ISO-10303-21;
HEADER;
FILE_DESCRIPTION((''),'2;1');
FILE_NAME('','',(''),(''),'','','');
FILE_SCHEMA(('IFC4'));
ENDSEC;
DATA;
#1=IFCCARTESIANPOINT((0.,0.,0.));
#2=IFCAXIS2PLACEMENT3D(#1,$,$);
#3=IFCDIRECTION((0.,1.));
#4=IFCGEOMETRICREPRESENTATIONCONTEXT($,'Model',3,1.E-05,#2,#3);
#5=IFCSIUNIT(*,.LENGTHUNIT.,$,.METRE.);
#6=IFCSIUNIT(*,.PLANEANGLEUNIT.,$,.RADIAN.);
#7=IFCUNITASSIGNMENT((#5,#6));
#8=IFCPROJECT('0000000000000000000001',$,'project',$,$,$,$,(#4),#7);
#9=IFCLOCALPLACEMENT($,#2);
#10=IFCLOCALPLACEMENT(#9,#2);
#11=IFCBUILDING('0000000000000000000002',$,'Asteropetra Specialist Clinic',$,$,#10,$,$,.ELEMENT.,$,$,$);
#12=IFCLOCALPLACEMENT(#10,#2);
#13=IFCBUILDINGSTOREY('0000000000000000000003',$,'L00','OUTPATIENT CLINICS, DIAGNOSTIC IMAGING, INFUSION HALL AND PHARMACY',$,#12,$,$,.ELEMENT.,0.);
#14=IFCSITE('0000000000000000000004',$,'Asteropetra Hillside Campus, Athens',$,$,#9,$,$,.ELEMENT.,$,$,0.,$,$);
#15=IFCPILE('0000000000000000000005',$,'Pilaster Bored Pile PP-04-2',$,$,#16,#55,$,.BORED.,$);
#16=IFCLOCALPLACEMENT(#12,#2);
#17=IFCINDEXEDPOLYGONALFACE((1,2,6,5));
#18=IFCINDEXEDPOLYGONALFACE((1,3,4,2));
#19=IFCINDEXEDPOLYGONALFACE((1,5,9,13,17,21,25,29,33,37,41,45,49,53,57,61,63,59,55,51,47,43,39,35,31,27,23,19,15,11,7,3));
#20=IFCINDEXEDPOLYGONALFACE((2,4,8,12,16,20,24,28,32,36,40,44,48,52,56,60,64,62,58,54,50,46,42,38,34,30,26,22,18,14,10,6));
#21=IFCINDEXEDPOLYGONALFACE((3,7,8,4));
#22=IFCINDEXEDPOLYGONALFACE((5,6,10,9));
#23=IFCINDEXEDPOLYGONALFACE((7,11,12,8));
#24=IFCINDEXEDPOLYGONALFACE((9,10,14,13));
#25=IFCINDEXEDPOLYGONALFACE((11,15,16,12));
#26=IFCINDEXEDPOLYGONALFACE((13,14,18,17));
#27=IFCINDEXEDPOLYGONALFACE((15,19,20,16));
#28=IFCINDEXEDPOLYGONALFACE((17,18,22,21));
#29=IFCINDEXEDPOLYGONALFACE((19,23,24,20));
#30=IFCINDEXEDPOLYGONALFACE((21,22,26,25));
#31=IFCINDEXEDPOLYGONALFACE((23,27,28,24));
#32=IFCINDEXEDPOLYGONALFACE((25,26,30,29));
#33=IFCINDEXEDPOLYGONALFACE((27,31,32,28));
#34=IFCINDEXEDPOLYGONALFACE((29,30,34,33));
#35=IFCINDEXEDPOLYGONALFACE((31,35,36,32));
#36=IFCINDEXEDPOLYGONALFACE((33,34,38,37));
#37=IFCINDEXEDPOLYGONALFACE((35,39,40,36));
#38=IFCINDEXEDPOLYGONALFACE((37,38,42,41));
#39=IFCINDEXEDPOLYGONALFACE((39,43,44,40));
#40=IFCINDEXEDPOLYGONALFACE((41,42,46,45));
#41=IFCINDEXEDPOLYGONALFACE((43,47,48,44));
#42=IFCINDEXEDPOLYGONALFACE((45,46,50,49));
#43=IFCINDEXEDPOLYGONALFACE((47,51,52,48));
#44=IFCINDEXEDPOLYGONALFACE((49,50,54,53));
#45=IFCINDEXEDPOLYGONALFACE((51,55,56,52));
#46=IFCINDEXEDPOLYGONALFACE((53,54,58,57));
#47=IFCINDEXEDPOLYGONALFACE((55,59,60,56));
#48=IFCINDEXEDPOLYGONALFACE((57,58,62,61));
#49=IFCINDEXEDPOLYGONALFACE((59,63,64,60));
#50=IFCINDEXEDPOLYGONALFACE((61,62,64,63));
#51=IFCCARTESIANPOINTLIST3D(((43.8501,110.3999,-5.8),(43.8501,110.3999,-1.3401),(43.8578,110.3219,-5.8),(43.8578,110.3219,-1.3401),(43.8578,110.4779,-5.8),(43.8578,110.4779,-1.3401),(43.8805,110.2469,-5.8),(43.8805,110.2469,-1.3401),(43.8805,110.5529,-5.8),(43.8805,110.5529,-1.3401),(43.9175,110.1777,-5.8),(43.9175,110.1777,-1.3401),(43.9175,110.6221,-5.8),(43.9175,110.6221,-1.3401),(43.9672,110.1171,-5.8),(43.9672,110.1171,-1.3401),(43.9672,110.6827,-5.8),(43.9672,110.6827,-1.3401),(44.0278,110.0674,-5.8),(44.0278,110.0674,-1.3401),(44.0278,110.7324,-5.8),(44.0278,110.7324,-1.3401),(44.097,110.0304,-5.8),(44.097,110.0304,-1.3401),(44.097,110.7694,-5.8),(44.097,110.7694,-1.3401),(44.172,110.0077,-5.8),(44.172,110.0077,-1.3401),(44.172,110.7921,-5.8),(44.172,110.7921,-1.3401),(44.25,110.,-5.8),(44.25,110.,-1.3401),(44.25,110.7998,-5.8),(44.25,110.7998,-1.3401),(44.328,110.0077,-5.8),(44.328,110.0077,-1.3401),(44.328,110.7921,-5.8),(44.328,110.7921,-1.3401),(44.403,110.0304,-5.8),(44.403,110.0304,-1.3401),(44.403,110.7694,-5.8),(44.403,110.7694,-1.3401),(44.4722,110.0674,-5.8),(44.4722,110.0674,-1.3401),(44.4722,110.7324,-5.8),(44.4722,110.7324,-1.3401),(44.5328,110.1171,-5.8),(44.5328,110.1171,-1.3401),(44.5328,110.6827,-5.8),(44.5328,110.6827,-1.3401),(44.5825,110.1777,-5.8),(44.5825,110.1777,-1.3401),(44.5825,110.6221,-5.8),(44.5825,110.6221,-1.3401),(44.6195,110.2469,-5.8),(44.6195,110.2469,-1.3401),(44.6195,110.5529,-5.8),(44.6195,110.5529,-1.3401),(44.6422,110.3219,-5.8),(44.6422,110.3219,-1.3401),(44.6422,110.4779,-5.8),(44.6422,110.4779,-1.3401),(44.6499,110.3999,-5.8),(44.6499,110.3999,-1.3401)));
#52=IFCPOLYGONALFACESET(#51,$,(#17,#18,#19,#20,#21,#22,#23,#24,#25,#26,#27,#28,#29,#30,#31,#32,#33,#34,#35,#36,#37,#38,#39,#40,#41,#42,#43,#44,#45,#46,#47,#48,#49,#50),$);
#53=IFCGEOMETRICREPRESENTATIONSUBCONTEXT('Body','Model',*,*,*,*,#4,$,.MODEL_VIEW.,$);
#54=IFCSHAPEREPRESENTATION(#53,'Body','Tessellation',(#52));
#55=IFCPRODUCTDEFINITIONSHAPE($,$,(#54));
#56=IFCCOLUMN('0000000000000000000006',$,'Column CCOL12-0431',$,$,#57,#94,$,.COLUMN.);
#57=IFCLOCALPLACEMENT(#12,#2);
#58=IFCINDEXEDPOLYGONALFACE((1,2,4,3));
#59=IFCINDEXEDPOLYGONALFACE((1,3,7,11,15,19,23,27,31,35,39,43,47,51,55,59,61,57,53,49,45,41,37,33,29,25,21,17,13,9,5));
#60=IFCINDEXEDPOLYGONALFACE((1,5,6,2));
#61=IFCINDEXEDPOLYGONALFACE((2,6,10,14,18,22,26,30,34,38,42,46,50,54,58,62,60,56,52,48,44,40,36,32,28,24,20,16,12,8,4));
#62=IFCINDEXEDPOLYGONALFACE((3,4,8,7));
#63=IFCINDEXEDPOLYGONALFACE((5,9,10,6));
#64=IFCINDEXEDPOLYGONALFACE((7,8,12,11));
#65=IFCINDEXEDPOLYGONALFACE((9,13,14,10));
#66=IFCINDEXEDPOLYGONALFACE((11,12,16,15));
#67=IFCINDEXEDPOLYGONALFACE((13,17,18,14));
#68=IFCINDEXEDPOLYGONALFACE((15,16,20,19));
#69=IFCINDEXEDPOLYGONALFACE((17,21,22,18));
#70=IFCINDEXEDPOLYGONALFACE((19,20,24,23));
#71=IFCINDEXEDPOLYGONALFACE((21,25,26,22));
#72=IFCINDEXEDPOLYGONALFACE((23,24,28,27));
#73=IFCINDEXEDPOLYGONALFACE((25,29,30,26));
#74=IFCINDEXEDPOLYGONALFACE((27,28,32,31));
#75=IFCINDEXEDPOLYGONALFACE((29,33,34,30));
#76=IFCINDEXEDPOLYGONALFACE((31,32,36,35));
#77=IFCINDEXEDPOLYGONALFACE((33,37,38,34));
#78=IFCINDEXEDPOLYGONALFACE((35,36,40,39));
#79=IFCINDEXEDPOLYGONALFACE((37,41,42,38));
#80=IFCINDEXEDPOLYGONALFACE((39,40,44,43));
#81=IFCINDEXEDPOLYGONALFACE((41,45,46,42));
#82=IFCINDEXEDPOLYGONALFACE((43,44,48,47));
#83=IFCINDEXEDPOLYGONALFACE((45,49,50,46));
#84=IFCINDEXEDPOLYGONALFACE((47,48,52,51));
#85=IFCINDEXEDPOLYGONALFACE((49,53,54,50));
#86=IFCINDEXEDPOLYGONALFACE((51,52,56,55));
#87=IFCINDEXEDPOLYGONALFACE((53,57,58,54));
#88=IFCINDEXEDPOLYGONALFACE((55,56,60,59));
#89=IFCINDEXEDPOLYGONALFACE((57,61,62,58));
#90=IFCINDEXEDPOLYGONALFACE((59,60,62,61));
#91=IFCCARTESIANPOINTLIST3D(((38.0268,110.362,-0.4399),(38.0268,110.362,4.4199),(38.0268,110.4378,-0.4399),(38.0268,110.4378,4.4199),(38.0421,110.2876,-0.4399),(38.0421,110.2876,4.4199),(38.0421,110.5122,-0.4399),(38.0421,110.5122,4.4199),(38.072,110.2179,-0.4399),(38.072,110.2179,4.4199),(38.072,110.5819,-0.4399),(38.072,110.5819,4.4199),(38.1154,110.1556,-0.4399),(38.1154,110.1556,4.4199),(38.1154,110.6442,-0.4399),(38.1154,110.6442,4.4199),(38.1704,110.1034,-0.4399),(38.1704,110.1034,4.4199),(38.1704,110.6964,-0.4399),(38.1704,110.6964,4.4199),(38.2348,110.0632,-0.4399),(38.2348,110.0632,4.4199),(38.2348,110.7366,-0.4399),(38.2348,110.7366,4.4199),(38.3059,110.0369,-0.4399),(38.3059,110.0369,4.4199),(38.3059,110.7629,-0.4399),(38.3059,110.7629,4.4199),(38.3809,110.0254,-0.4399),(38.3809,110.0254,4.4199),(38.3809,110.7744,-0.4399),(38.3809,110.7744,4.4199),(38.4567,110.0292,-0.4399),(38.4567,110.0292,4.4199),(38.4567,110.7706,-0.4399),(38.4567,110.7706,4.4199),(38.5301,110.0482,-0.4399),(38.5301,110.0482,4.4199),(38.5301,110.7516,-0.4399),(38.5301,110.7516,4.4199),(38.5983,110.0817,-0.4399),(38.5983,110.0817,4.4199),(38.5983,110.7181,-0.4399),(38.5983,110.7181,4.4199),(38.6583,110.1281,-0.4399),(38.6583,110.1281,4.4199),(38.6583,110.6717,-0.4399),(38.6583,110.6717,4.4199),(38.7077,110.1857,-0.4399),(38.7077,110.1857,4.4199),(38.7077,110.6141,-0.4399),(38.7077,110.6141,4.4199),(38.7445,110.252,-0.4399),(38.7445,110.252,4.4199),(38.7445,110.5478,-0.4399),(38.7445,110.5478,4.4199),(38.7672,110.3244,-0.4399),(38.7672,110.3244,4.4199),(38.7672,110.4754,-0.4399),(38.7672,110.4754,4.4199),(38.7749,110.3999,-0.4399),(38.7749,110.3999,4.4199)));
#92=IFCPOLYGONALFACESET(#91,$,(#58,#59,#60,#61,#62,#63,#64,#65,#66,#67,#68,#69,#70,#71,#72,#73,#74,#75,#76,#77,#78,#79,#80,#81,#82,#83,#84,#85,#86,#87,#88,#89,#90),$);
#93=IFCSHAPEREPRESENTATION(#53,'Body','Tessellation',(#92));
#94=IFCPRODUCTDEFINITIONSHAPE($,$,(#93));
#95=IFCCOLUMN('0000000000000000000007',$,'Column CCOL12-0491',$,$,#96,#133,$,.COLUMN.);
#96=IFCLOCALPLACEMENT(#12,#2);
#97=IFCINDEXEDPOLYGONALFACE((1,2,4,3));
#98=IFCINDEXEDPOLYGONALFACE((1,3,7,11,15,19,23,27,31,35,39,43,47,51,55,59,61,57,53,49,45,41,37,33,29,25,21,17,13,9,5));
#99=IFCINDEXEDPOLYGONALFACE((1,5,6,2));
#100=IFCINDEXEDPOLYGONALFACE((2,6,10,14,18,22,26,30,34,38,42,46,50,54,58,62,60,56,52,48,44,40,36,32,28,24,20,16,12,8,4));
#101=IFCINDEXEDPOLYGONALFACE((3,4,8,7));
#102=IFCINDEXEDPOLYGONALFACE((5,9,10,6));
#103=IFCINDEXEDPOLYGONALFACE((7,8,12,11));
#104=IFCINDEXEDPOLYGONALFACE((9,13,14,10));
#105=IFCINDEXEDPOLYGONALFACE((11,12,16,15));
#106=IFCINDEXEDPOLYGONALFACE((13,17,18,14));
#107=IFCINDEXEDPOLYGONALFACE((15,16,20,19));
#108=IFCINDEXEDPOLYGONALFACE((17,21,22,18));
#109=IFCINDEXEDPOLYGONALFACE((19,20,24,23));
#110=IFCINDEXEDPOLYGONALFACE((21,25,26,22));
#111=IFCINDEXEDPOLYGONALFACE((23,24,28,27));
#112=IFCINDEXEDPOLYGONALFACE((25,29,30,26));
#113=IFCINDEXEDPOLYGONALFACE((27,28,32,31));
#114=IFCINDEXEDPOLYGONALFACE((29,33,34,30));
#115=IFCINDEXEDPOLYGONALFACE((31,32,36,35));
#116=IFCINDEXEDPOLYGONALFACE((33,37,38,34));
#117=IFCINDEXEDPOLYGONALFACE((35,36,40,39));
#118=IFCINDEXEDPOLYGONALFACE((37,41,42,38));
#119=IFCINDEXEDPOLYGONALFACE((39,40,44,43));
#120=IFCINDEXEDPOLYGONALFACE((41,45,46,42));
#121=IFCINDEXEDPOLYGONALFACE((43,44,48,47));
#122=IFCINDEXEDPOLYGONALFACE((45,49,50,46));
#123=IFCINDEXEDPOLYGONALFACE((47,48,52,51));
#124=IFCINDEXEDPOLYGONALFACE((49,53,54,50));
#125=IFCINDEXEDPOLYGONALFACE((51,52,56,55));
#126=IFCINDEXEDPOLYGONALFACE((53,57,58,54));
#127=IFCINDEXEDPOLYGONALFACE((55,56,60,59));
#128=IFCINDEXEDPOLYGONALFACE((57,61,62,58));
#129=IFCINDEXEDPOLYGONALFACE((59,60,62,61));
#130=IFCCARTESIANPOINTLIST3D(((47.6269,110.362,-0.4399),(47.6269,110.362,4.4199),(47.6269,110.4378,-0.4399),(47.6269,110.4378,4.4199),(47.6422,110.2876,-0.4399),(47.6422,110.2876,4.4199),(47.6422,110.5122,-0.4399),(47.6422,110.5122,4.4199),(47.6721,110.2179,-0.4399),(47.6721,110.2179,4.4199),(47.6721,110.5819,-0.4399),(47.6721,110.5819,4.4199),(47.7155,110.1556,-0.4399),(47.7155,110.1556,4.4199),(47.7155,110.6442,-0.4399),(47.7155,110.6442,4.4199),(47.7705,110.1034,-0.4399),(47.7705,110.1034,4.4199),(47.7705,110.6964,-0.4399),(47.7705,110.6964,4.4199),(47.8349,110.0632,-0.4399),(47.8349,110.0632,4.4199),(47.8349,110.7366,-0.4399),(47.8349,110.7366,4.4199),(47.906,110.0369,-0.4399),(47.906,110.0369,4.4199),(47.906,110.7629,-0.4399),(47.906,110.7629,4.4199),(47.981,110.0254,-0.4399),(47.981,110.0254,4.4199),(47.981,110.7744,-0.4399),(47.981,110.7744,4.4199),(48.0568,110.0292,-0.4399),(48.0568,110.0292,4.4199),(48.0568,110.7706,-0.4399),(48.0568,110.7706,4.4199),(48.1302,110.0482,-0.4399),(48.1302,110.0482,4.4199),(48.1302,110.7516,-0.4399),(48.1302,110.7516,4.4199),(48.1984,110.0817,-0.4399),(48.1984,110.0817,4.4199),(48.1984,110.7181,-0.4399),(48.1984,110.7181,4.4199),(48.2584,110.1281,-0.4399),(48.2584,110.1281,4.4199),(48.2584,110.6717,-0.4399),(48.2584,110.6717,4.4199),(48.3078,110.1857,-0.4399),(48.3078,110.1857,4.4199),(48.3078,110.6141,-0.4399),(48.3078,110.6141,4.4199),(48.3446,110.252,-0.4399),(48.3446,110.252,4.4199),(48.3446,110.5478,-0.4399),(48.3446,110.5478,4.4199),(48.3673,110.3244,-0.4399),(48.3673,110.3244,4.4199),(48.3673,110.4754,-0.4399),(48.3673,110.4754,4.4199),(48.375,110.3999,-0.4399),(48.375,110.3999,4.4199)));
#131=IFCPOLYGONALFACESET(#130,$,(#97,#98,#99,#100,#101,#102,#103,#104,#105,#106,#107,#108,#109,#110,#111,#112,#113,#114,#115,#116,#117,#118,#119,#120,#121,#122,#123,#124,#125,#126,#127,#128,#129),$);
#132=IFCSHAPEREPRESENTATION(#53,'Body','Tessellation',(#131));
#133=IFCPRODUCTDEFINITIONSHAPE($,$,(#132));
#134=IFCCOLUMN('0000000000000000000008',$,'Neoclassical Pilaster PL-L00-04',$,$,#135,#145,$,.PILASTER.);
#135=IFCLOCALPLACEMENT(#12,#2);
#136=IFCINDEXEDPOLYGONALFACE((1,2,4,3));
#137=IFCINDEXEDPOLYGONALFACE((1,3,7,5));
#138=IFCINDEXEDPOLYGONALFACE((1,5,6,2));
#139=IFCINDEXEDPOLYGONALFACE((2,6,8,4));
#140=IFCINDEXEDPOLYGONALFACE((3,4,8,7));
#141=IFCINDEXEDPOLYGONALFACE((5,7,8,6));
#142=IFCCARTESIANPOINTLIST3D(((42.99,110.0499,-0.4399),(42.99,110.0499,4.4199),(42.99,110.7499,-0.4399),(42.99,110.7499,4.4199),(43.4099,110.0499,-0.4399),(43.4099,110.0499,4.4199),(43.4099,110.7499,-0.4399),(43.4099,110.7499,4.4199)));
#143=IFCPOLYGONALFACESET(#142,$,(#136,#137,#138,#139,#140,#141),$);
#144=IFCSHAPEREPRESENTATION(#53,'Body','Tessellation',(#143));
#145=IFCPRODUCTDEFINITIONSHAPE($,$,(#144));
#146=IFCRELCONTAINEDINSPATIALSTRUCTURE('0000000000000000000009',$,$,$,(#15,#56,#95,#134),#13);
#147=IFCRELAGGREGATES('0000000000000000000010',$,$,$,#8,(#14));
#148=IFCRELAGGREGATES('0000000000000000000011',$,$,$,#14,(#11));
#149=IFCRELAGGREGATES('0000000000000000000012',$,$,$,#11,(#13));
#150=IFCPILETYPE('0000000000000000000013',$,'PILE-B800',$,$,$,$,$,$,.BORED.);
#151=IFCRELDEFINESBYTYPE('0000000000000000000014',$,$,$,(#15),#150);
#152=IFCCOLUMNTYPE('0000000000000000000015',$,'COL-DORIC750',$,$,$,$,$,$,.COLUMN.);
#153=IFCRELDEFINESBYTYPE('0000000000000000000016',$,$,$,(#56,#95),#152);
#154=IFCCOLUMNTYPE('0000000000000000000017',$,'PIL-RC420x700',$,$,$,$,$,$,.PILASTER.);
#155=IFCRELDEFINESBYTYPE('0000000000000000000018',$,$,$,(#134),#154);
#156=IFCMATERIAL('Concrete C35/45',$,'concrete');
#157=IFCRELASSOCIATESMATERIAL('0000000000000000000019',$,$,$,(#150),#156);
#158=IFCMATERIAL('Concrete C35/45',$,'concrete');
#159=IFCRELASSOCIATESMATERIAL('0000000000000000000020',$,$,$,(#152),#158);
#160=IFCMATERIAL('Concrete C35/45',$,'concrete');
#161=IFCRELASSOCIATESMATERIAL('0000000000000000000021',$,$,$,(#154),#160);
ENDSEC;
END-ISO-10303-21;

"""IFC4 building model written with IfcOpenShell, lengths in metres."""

from ifc_helpers import new_model, si_unit, direction, frame, origin, origin_2d, place, context, subcontext, project, spatial, rectangle, circle, extrude, material, material_profile, profile_set, type_object, element, save


model = new_model("IFC4")

# Units and contexts
model_context = context("Model", 3, precision=1e-05, world=origin(), true_north=direction((0.0, 1.0)))
body_context = subcontext(model_context, "Body", "Model", "MODEL_VIEW")
ifc_project = project(units=[si_unit("LENGTHUNIT", "METRE"), si_unit("PLANEANGLEUNIT", "RADIAN")], contexts=[model_context])

# Site, building, storey
site_placement = place(None, origin())
site = spatial("IfcSite", under=ifc_project, at=site_placement, Name="Asteropetra Hillside Campus, Athens", CompositionType="ELEMENT", RefElevation=0.0)
building_placement = place(site_placement, origin())
building = spatial("IfcBuilding", under=site, at=building_placement, Name="Asteropetra Specialist Clinic", CompositionType="ELEMENT")
storey_placement = place(building_placement, origin())
storey = spatial("IfcBuildingStorey", under=building, at=storey_placement, Name="L00", Description="OUTPATIENT CLINICS, DIAGNOSTIC IMAGING, INFUSION HALL AND PHARMACY", CompositionType="ELEMENT", Elevation=0.0)

# Pile
ifc_material_1 = material(Name="Concrete C35/45", Category="concrete")
ifc_material_profile_1 = material_profile(ifc_material_1, circle(Radius=0.3999, at=origin_2d()), Name="PILE D800")
ifc_profile_set_1 = profile_set([ifc_material_profile_1], Name="Concrete C35/45")
pile_type_1 = type_object("IfcPileType", Name="PILE-B800", PredefinedType="BORED", material=ifc_profile_set_1)
for number, where, z_axis, x_axis, name in (
    (1, (44.25, 110.3999, -1.3401), (0.0, 0.0, -1.0), (1.0, 0.0, 0.0), "Pilaster Bored Pile PP-04-2"),
):
    element("IfcPile", number, at=place(storey_placement, frame(where, z_axis=z_axis, x_axis=x_axis)), inside=storey, type_object=pile_type_1, Name=name, PredefinedType="BORED", context=body_context, shape_type="SweptSolid", body=[
        extrude(circle(Radius=0.3999, at=origin_2d()), origin(), (0.0, 0.0, 1.0), 4.46),
    ])

# Columns
ifc_material_2 = material(Name="Concrete C35/45", Category="concrete")
ifc_material_profile_2 = material_profile(ifc_material_2, circle(Radius=0.375, at=origin_2d()), Name="RCC D750")
ifc_profile_set_2 = profile_set([ifc_material_profile_2], Name="Concrete C35/45")
column_type_1 = type_object("IfcColumnType", Name="COL-DORIC750", PredefinedType="COLUMN", material=ifc_profile_set_2)
for number, where, z_axis, x_axis, name in (
    (2, (38.3999, 110.3999, -0.4399), (0.0, 0.0, 1.0), (1.0, 0.0, 0.0), "Column CCOL12-0431"),
    (3, (48.0, 110.3999, -0.4399), (0.0, 0.0, 1.0), (1.0, 0.0, 0.0), "Column CCOL12-0491"),
):
    element("IfcColumn", number, at=place(storey_placement, frame(where, z_axis=z_axis, x_axis=x_axis)), inside=storey, type_object=column_type_1, Name=name, PredefinedType="COLUMN", context=body_context, shape_type="SweptSolid", body=[
        extrude(circle(Radius=0.375, at=origin_2d()), origin(), (0.0, 0.0, 1.0), 4.8599),
    ])
ifc_material_3 = material(Name="Concrete C35/45", Category="concrete")
ifc_material_profile_3 = material_profile(ifc_material_3, rectangle(XDim=0.4199, YDim=0.7, at=origin_2d()), Name="PIL 420x700")
ifc_profile_set_3 = profile_set([ifc_material_profile_3], Name="Concrete C35/45")
column_type_2 = type_object("IfcColumnType", Name="PIL-RC420x700", PredefinedType="PILASTER", material=ifc_profile_set_3)
column_placement = place(storey_placement, frame((43.2, 110.3999, -0.4399), z_axis=(0.0, 0.0, 1.0), x_axis=(1.0, 0.0, 0.0)))
element("IfcColumn", 4, at=column_placement, inside=storey, type_object=column_type_2, Name="Neoclassical Pilaster PL-L00-04", PredefinedType="PILASTER", context=body_context, shape_type="SweptSolid", body=[
    extrude(rectangle(XDim=0.4199, YDim=0.7, at=origin_2d()), origin(), (0.0, 0.0, 1.0), 4.8599),
])

save(model, "model.ifc")
